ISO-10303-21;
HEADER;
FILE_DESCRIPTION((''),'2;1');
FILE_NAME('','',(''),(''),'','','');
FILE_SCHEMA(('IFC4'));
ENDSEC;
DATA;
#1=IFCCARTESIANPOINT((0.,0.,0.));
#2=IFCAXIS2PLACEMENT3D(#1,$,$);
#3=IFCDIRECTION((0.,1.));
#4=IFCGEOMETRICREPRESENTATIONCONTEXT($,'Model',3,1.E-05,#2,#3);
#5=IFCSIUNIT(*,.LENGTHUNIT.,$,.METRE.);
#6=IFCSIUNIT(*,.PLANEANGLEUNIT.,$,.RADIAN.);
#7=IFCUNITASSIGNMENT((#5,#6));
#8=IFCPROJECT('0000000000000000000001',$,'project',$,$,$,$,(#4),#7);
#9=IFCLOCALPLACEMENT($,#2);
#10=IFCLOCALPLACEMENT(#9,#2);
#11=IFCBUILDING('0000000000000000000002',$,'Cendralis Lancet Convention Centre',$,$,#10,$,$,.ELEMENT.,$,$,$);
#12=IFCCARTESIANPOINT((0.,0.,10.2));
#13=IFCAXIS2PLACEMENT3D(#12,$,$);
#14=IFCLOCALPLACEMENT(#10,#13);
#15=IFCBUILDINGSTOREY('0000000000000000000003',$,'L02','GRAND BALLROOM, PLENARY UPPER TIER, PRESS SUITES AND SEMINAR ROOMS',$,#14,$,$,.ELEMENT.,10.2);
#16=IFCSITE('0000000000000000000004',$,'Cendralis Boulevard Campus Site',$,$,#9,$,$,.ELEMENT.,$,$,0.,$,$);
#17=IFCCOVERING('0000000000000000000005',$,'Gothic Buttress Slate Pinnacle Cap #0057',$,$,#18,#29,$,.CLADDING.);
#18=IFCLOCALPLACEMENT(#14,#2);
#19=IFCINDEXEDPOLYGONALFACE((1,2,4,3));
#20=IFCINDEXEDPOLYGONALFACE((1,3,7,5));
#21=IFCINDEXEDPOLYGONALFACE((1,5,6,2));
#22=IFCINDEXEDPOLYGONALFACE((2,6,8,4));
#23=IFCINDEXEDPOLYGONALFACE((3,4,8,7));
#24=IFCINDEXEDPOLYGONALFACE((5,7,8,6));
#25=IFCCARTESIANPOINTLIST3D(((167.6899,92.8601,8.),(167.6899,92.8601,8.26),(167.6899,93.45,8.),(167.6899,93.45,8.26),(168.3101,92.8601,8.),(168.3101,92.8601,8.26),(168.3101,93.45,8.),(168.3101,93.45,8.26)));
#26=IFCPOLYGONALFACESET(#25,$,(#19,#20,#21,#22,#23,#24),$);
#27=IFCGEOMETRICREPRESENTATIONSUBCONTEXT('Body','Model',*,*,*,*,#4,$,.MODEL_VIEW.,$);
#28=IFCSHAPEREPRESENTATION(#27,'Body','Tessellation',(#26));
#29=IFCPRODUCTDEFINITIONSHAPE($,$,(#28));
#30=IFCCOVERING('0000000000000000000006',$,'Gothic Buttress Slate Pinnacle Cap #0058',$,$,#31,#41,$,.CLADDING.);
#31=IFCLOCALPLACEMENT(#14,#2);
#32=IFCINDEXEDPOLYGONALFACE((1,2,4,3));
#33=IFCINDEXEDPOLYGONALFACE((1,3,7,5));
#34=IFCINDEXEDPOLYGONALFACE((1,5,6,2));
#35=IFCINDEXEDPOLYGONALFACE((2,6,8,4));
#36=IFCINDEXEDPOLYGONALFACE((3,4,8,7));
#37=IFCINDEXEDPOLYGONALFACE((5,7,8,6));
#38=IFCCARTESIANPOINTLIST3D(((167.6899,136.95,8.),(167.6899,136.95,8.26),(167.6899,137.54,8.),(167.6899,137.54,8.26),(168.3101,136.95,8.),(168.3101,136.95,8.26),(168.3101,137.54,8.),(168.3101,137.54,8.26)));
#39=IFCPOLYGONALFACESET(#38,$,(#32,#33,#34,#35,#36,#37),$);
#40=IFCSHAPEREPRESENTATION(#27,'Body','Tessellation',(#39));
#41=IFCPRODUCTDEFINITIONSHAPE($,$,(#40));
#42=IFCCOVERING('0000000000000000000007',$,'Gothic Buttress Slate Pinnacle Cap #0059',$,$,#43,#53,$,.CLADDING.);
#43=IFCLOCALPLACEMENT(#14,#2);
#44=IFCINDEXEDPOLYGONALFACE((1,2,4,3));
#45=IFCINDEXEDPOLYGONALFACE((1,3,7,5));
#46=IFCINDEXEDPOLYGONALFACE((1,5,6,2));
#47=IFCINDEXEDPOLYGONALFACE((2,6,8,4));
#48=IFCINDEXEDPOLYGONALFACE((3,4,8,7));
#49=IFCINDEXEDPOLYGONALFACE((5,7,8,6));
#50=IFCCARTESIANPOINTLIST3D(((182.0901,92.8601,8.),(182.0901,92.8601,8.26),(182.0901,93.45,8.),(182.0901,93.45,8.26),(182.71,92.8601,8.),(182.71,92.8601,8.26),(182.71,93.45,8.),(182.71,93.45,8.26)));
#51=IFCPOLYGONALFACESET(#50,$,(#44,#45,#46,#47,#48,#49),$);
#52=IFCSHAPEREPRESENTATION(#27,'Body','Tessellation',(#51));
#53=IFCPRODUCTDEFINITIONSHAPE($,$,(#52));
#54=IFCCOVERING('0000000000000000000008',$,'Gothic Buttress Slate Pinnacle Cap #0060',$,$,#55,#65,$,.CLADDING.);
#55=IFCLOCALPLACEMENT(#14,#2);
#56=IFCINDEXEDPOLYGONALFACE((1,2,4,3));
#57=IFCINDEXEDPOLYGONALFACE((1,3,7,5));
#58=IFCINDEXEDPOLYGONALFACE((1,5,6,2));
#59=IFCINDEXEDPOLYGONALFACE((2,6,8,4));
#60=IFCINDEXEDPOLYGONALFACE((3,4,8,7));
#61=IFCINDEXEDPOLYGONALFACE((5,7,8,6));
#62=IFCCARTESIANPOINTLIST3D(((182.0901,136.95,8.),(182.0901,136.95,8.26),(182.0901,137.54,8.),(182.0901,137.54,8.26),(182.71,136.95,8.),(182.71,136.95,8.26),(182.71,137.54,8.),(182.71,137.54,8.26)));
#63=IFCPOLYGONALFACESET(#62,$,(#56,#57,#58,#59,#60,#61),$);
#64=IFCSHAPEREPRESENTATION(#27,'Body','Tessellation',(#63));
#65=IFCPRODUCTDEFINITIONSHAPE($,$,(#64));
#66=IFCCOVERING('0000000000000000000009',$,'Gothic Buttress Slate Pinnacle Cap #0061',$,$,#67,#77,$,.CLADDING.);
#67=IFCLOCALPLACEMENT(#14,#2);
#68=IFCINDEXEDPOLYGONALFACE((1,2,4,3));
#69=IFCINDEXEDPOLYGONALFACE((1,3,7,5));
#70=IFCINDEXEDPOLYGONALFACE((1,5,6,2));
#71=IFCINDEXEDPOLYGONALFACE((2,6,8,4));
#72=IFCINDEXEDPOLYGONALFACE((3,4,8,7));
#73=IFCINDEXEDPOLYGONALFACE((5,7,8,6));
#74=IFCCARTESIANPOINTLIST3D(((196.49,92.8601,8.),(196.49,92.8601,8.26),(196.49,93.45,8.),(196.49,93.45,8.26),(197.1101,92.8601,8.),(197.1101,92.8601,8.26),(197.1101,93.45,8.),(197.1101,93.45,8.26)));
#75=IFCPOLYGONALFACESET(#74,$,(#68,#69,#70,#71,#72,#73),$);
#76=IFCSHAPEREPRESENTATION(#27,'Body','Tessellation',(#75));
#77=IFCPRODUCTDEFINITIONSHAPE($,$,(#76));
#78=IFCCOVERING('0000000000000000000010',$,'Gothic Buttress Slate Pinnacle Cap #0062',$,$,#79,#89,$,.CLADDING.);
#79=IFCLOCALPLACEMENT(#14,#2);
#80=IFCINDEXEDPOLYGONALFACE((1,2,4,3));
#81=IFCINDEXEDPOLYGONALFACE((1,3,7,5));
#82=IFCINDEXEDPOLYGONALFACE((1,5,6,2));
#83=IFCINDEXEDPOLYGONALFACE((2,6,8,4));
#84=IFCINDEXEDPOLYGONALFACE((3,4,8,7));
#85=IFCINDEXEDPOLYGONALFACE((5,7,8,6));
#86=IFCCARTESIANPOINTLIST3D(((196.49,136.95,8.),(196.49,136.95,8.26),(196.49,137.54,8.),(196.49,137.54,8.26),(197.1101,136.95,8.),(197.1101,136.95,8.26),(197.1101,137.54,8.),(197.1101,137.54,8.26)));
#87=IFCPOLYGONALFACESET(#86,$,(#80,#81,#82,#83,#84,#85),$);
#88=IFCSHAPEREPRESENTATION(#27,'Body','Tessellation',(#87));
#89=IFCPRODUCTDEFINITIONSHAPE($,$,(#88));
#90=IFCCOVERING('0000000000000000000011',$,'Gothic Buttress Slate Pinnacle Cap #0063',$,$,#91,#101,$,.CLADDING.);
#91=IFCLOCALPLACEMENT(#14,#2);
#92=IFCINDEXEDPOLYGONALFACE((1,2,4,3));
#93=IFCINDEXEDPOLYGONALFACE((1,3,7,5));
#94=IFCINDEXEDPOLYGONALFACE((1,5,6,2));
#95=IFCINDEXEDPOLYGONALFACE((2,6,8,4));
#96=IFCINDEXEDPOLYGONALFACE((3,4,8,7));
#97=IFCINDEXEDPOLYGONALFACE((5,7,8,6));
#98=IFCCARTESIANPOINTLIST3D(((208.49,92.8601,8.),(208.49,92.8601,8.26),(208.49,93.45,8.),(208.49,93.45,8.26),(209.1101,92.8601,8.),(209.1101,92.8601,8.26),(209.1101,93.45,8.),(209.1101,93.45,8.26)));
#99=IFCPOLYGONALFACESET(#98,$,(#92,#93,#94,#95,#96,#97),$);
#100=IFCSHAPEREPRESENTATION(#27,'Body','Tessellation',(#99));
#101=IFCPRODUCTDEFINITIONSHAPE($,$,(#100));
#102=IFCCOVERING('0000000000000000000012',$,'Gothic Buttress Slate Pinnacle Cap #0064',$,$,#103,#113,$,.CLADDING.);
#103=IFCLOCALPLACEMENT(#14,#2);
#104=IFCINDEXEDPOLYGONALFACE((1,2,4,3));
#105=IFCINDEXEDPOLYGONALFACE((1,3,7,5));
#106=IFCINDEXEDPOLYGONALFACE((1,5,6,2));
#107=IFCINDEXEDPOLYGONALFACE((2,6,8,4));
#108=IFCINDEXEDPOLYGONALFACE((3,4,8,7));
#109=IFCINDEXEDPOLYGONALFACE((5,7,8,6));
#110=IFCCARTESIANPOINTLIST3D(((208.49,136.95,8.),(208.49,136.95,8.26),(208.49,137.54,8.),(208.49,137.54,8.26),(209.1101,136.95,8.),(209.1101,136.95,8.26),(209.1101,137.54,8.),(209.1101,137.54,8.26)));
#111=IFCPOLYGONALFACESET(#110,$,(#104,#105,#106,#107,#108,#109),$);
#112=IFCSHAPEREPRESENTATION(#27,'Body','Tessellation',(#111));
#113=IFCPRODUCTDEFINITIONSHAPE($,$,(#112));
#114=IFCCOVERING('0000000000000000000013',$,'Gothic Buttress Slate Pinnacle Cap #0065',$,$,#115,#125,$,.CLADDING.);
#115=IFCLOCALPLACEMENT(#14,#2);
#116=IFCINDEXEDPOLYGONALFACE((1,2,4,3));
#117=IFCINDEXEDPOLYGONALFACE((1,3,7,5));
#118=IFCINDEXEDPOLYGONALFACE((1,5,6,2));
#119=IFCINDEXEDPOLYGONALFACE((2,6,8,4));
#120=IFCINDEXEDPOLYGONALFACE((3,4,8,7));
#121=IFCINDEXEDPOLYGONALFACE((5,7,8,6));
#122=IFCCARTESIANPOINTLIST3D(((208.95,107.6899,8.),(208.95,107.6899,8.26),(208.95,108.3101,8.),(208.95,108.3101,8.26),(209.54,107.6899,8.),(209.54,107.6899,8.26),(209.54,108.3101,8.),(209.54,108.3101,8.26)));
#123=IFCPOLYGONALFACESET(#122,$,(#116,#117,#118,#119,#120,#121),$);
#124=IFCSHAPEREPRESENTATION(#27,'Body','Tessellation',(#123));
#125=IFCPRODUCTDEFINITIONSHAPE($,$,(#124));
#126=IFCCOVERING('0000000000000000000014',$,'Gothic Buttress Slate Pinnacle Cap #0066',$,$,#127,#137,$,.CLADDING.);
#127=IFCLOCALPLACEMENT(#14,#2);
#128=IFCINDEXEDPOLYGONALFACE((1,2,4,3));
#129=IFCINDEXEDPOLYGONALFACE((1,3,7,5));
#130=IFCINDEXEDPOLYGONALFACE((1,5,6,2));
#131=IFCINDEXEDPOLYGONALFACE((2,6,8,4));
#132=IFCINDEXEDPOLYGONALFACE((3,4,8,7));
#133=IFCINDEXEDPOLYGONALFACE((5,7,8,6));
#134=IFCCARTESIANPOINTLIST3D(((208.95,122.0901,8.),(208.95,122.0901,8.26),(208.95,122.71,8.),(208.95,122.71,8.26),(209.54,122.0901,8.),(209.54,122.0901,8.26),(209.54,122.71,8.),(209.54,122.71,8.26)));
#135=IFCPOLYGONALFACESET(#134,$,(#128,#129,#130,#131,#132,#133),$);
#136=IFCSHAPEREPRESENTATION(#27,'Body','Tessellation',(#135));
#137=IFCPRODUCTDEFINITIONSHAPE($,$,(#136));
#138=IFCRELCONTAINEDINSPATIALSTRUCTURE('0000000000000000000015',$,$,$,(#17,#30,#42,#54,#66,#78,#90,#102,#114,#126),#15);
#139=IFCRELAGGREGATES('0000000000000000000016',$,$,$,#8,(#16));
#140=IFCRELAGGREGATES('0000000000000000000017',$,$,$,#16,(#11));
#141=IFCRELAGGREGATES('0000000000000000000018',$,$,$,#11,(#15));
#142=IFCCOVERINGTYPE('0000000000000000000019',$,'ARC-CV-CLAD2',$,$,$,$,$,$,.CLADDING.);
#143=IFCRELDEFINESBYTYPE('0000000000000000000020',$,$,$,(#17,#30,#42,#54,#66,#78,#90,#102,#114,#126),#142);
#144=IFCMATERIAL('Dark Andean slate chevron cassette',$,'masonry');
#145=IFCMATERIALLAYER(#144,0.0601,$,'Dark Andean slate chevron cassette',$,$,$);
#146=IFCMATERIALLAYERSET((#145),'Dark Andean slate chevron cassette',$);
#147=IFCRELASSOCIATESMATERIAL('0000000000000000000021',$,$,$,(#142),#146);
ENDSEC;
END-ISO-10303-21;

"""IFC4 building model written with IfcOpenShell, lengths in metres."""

from ifc_helpers import new_model, si_unit, direction, frame, origin, place, context, subcontext, project, spatial, polyline, outline, extrude, material, layer, layer_set, type_object, element, save


model = new_model("IFC4")

# Units and contexts
model_context = context("Model", 3, precision=1e-05, world=origin(), true_north=direction((0.0, 1.0)))
body_context = subcontext(model_context, "Body", "Model", "MODEL_VIEW")
ifc_project = project(units=[si_unit("LENGTHUNIT", "METRE"), si_unit("PLANEANGLEUNIT", "RADIAN")], contexts=[model_context])

# Site, building, storey
site_placement = place(None, origin())
site = spatial("IfcSite", under=ifc_project, at=site_placement, Name="Cendralis Boulevard Campus Site", CompositionType="ELEMENT", RefElevation=0.0)
building_placement = place(site_placement, origin())
building = spatial("IfcBuilding", under=site, at=building_placement, Name="Cendralis Lancet Convention Centre", CompositionType="ELEMENT")
storey_placement = place(building_placement, frame((0.0, 0.0, 10.2)))
storey = spatial("IfcBuildingStorey", under=building, at=storey_placement, Name="L02", Description="GRAND BALLROOM, PLENARY UPPER TIER, PRESS SUITES AND SEMINAR ROOMS", CompositionType="ELEMENT", Elevation=10.2)

# Coverings
ifc_material = material(Name="Dark Andean slate chevron cassette", Category="masonry")
ifc_layer = layer(ifc_material, 0.0601, Name="Dark Andean slate chevron cassette")
ifc_layer_set = layer_set([ifc_layer], Name="Dark Andean slate chevron cassette")
covering_type = type_object("IfcCoveringType", Name="ARC-CV-CLAD2", PredefinedType="CLADDING", material=ifc_layer_set)
covering_1_placement = place(storey_placement, frame((0.0, 0.0, 8.0)))
element("IfcCovering", 1, at=covering_1_placement, inside=storey, type_object=covering_type, Name="Gothic Buttress Slate Pinnacle Cap #0057", PredefinedType="CLADDING", context=body_context, shape_type="SweptSolid", body=[
    extrude(outline(polyline([(167.6899, 92.8601), (168.3101, 92.8601), (168.3101, 93.45), (167.6899, 93.45), (167.6899, 92.8601)])), origin(), (0.0, 0.0, 1.0), 0.26),
])
covering_2_placement = place(storey_placement, frame((0.0, 0.0, 8.0)))
element("IfcCovering", 2, at=covering_2_placement, inside=storey, type_object=covering_type, Name="Gothic Buttress Slate Pinnacle Cap #0058", PredefinedType="CLADDING", context=body_context, shape_type="SweptSolid", body=[
    extrude(outline(polyline([(168.3101, 137.54), (167.6899, 137.54), (167.6899, 136.95), (168.3101, 136.95), (168.3101, 137.54)])), origin(), (0.0, 0.0, 1.0), 0.26),
])
covering_3_placement = place(storey_placement, frame((0.0, 0.0, 8.0)))
element("IfcCovering", 3, at=covering_3_placement, inside=storey, type_object=covering_type, Name="Gothic Buttress Slate Pinnacle Cap #0059", PredefinedType="CLADDING", context=body_context, shape_type="SweptSolid", body=[
    extrude(outline(polyline([(182.0901, 92.8601), (182.71, 92.8601), (182.71, 93.45), (182.0901, 93.45), (182.0901, 92.8601)])), origin(), (0.0, 0.0, 1.0), 0.26),
])
covering_4_placement = place(storey_placement, frame((0.0, 0.0, 8.0)))
element("IfcCovering", 4, at=covering_4_placement, inside=storey, type_object=covering_type, Name="Gothic Buttress Slate Pinnacle Cap #0060", PredefinedType="CLADDING", context=body_context, shape_type="SweptSolid", body=[
    extrude(outline(polyline([(182.71, 137.54), (182.0901, 137.54), (182.0901, 136.95), (182.71, 136.95), (182.71, 137.54)])), origin(), (0.0, 0.0, 1.0), 0.26),
])
covering_5_placement = place(storey_placement, frame((0.0, 0.0, 8.0)))
element("IfcCovering", 5, at=covering_5_placement, inside=storey, type_object=covering_type, Name="Gothic Buttress Slate Pinnacle Cap #0061", PredefinedType="CLADDING", context=body_context, shape_type="SweptSolid", body=[
    extrude(outline(polyline([(196.49, 92.8601), (197.1101, 92.8601), (197.1101, 93.45), (196.49, 93.45), (196.49, 92.8601)])), origin(), (0.0, 0.0, 1.0), 0.26),
])
covering_6_placement = place(storey_placement, frame((0.0, 0.0, 8.0)))
element("IfcCovering", 6, at=covering_6_placement, inside=storey, type_object=covering_type, Name="Gothic Buttress Slate Pinnacle Cap #0062", PredefinedType="CLADDING", context=body_context, shape_type="SweptSolid", body=[
    extrude(outline(polyline([(197.1101, 137.54), (196.49, 137.54), (196.49, 136.95), (197.1101, 136.95), (197.1101, 137.54)])), origin(), (0.0, 0.0, 1.0), 0.26),
])
covering_7_placement = place(storey_placement, frame((0.0, 0.0, 8.0)))
element("IfcCovering", 7, at=covering_7_placement, inside=storey, type_object=covering_type, Name="Gothic Buttress Slate Pinnacle Cap #0063", PredefinedType="CLADDING", context=body_context, shape_type="SweptSolid", body=[
    extrude(outline(polyline([(208.49, 92.8601), (209.1101, 92.8601), (209.1101, 93.45), (208.49, 93.45), (208.49, 92.8601)])), origin(), (0.0, 0.0, 1.0), 0.26),
])
covering_8_placement = place(storey_placement, frame((0.0, 0.0, 8.0)))
element("IfcCovering", 8, at=covering_8_placement, inside=storey, type_object=covering_type, Name="Gothic Buttress Slate Pinnacle Cap #0064", PredefinedType="CLADDING", context=body_context, shape_type="SweptSolid", body=[
    extrude(outline(polyline([(209.1101, 137.54), (208.49, 137.54), (208.49, 136.95), (209.1101, 136.95), (209.1101, 137.54)])), origin(), (0.0, 0.0, 1.0), 0.26),
])
covering_9_placement = place(storey_placement, frame((0.0, 0.0, 8.0)))
element("IfcCovering", 9, at=covering_9_placement, inside=storey, type_object=covering_type, Name="Gothic Buttress Slate Pinnacle Cap #0065", PredefinedType="CLADDING", context=body_context, shape_type="SweptSolid", body=[
    extrude(outline(polyline([(209.54, 107.6899), (209.54, 108.3101), (208.95, 108.3101), (208.95, 107.6899), (209.54, 107.6899)])), origin(), (0.0, 0.0, 1.0), 0.26),
])
covering_10_placement = place(storey_placement, frame((0.0, 0.0, 8.0)))
element("IfcCovering", 10, at=covering_10_placement, inside=storey, type_object=covering_type, Name="Gothic Buttress Slate Pinnacle Cap #0066", PredefinedType="CLADDING", context=body_context, shape_type="SweptSolid", body=[
    extrude(outline(polyline([(209.54, 122.0901), (209.54, 122.71), (208.95, 122.71), (208.95, 122.0901), (209.54, 122.0901)])), origin(), (0.0, 0.0, 1.0), 0.26),
])

save(model, "model.ifc")
